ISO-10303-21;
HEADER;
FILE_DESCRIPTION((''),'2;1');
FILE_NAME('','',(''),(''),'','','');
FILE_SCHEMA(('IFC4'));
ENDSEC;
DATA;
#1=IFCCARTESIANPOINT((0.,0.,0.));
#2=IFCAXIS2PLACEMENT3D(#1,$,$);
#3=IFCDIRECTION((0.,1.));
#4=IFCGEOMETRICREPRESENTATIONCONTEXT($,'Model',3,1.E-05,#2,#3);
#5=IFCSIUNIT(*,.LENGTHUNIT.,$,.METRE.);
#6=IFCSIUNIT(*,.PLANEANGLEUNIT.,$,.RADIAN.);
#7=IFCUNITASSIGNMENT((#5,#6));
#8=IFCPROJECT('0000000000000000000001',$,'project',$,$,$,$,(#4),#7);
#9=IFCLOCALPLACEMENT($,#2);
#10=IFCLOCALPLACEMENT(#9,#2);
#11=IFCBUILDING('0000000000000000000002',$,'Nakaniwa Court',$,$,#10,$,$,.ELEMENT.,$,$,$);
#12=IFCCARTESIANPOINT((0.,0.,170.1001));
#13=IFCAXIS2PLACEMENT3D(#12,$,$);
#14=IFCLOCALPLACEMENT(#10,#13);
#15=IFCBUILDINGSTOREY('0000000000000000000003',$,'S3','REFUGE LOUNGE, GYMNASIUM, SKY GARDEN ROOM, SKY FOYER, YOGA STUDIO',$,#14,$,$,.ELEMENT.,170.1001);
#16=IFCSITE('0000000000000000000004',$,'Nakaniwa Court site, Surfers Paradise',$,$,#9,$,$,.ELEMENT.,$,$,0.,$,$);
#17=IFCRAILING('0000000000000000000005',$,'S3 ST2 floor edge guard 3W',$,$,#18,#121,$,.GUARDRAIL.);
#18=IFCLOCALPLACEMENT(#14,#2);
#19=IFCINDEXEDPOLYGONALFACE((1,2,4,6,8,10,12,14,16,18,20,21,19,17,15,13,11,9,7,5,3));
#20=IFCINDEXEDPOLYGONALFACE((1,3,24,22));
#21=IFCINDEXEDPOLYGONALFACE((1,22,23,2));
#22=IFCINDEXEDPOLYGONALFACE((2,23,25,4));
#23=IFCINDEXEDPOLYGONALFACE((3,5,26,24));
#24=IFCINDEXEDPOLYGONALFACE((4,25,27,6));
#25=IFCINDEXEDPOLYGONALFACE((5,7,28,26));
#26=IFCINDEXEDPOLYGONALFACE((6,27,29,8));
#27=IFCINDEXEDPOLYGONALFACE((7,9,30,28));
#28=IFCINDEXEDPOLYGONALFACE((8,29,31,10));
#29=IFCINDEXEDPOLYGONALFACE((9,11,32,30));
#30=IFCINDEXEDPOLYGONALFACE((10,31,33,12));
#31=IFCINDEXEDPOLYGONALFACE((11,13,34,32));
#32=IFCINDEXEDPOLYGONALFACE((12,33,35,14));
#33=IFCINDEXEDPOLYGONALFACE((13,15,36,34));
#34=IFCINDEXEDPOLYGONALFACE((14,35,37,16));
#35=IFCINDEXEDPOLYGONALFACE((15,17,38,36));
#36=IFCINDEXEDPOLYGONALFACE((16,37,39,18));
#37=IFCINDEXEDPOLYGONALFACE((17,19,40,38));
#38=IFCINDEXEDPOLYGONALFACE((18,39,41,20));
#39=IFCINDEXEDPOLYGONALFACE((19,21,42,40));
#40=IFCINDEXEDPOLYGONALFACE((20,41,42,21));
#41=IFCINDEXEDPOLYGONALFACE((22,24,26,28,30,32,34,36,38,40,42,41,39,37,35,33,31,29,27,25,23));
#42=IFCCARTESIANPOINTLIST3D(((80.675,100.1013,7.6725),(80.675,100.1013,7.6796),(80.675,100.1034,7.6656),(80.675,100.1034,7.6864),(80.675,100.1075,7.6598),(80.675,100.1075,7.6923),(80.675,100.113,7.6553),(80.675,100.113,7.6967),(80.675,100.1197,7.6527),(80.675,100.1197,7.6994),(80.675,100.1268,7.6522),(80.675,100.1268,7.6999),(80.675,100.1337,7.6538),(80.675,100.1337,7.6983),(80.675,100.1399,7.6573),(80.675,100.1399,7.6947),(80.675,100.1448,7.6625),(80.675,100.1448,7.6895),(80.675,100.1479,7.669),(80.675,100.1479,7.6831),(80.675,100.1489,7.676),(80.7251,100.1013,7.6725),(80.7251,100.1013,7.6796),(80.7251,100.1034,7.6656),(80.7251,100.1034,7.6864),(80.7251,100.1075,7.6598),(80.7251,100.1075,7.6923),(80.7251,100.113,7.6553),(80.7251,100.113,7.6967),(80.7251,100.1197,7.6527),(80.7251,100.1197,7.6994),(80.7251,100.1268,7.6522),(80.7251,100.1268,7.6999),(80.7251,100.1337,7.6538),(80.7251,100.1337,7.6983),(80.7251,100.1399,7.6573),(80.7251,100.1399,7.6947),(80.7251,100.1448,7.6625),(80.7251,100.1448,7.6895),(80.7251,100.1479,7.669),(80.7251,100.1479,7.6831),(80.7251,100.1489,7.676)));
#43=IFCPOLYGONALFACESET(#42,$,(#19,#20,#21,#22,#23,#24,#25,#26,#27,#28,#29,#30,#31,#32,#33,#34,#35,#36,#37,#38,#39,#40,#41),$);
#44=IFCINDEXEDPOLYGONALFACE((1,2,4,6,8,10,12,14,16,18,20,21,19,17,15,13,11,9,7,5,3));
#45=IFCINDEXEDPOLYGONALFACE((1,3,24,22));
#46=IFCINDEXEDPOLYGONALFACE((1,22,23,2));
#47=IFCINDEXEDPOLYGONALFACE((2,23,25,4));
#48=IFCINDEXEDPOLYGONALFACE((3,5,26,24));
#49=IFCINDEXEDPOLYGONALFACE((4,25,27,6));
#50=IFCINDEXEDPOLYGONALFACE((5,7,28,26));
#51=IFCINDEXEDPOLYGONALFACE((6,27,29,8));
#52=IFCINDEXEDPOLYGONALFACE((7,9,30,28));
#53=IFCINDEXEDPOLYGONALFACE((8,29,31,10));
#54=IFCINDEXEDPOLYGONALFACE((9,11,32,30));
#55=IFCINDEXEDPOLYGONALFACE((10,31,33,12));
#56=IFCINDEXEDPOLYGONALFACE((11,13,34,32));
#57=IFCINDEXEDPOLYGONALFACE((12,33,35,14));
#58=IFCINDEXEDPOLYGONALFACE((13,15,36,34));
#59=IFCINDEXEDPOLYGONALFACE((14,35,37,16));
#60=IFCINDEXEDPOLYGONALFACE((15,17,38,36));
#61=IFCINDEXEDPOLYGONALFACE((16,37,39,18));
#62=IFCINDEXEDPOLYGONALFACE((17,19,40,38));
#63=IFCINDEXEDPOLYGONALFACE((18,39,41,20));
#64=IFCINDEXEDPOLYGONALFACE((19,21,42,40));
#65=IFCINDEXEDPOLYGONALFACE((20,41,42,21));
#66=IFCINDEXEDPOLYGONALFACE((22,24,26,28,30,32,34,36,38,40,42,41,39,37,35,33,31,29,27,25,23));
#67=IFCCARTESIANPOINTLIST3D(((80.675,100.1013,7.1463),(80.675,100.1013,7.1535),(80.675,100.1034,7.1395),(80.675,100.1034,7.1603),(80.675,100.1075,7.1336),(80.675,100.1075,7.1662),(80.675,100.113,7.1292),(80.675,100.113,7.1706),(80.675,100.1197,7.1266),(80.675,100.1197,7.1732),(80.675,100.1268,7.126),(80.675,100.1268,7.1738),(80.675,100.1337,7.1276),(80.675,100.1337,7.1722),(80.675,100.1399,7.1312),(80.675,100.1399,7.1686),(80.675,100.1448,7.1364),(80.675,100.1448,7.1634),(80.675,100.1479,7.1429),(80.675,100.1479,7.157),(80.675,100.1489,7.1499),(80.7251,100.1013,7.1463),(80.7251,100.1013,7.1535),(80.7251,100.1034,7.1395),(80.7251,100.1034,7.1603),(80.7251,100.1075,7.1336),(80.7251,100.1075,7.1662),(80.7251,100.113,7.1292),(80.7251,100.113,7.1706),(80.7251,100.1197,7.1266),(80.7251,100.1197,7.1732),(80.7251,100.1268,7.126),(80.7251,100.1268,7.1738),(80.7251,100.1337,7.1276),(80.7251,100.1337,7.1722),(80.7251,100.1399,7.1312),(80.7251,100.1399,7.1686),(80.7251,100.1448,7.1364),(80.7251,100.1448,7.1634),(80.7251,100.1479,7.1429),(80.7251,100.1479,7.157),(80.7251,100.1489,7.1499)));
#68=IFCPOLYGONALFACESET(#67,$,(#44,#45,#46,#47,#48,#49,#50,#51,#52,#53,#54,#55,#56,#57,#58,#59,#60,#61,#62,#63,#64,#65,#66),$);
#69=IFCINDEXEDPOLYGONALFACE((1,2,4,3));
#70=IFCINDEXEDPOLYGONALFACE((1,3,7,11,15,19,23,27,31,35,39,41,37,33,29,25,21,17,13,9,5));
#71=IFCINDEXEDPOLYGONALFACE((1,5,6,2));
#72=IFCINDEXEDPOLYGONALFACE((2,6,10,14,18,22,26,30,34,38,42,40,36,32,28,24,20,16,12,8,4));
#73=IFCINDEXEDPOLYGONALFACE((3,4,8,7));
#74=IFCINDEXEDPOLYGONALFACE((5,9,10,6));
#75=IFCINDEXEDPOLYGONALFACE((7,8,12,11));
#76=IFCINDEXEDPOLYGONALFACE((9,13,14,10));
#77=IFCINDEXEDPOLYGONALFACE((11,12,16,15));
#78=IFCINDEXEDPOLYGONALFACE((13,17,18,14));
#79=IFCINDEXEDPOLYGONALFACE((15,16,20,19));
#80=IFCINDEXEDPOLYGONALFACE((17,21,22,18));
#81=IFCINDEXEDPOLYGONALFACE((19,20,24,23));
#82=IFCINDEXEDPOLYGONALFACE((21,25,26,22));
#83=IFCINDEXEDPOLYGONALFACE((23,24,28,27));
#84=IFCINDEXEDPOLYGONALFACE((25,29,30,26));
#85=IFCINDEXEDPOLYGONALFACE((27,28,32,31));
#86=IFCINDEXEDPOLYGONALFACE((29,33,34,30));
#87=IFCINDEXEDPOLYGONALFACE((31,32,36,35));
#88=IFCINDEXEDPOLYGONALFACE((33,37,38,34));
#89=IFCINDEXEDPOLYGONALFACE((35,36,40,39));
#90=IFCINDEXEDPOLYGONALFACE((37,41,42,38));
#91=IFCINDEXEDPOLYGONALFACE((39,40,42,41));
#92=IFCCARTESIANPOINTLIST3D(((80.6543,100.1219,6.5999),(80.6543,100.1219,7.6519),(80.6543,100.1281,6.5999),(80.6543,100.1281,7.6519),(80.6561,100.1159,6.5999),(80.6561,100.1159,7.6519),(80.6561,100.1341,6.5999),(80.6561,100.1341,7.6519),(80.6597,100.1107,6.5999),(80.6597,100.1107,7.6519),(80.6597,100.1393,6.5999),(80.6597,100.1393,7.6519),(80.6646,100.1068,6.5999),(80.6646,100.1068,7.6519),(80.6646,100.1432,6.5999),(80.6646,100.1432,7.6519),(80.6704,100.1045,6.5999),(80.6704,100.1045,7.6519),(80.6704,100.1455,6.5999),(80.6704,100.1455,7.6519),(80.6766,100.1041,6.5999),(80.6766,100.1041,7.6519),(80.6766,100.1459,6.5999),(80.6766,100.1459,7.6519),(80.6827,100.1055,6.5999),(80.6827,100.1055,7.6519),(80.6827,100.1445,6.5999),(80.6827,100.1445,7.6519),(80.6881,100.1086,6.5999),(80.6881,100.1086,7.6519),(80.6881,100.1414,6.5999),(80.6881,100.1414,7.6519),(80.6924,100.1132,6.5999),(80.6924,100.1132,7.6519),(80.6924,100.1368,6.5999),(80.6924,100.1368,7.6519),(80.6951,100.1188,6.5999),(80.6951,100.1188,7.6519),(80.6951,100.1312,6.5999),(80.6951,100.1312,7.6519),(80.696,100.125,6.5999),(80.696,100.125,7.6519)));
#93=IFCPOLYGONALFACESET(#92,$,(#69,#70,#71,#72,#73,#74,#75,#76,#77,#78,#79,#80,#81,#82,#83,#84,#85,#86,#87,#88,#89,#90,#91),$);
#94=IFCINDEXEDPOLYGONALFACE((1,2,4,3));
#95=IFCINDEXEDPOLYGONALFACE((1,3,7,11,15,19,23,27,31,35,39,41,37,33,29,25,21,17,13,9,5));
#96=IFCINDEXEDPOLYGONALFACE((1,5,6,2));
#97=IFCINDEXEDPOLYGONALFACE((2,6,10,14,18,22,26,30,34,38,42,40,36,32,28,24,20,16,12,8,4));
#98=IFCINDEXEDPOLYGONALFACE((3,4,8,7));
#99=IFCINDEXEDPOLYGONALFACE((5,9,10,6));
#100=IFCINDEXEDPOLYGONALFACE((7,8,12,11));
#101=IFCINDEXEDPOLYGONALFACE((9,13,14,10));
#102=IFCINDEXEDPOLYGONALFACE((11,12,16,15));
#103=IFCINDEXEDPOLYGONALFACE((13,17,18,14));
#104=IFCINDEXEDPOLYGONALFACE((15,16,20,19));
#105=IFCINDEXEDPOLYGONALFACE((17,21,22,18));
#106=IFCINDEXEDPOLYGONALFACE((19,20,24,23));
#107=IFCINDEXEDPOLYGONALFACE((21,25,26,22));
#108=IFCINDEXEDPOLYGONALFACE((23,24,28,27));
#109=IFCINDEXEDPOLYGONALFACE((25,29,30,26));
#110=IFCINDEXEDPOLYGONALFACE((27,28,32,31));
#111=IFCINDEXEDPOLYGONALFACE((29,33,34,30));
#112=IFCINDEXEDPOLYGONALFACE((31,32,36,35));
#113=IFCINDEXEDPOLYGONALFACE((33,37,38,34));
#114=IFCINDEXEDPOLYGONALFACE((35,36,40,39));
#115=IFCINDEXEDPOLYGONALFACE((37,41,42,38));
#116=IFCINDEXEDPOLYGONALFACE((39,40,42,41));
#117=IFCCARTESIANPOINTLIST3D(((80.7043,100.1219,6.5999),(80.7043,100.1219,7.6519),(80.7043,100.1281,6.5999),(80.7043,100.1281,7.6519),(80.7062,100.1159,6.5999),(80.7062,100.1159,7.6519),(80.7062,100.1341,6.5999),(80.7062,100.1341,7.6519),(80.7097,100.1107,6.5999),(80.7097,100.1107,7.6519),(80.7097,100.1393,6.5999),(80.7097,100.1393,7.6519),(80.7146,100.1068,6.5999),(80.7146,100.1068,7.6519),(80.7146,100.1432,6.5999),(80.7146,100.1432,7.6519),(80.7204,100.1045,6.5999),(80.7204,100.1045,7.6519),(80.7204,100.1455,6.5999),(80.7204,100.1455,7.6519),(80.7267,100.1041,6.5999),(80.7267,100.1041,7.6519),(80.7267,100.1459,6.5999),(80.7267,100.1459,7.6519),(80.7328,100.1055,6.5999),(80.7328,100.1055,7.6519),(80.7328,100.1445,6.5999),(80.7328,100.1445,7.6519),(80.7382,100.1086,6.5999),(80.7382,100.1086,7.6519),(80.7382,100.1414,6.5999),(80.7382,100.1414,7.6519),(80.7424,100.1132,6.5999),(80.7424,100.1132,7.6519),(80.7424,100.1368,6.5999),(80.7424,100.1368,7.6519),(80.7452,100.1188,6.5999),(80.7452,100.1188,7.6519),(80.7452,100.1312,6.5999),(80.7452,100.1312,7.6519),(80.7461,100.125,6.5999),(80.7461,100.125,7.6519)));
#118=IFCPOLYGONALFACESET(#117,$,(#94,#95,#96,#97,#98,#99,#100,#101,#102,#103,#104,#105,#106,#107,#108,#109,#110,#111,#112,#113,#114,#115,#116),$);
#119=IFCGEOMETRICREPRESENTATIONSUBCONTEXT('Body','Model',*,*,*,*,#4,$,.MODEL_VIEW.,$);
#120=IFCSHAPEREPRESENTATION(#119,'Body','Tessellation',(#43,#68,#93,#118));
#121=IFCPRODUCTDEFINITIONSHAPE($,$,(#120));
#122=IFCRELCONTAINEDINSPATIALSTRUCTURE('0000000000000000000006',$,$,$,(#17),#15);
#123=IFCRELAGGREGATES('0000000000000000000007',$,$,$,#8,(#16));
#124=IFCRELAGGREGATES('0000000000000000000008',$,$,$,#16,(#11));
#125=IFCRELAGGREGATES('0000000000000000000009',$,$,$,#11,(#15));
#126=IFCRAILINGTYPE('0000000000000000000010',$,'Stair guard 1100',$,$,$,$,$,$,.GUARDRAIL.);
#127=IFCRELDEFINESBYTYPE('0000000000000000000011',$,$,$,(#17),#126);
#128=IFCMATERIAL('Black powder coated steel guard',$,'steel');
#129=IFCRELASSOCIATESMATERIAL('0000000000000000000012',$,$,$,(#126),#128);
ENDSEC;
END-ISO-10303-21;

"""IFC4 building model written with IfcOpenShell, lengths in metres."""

from ifc_helpers import new_model, si_unit, direction, frame, origin, origin_2d, place, context, subcontext, project, spatial, circle, extrude, material, type_object, element, save


model = new_model("IFC4")

# Units and contexts
model_context = context("Model", 3, precision=1e-05, world=origin(), true_north=direction((0.0, 1.0)))
body_context = subcontext(model_context, "Body", "Model", "MODEL_VIEW")
ifc_project = project(units=[si_unit("LENGTHUNIT", "METRE"), si_unit("PLANEANGLEUNIT", "RADIAN")], contexts=[model_context])

# Site, building, storey
site_placement = place(None, origin())
site = spatial("IfcSite", under=ifc_project, at=site_placement, Name="Nakaniwa Court site, Surfers Paradise", CompositionType="ELEMENT", RefElevation=0.0)
building_placement = place(site_placement, origin())
building = spatial("IfcBuilding", under=site, at=building_placement, Name="Nakaniwa Court", CompositionType="ELEMENT")
storey_placement = place(building_placement, frame((0.0, 0.0, 170.1001)))
storey = spatial("IfcBuildingStorey", under=building, at=storey_placement, Name="S3", Description="REFUGE LOUNGE, GYMNASIUM, SKY GARDEN ROOM, SKY FOYER, YOGA STUDIO", CompositionType="ELEMENT", Elevation=170.1001)

# Railing
ifc_material_1 = material(Name="Black powder coated steel guard", Category="steel")
railing_type_1 = type_object("IfcRailingType", Name="Stair guard 1100", PredefinedType="GUARDRAIL", material=ifc_material_1)
for number, where, name in (
    (1, (80.675, 100.125, 6.5999), "S3 ST2 floor edge guard 3W"),
):
    element("IfcRailing", number, at=place(storey_placement, frame(where)), inside=storey, type_object=railing_type_1, Name=name, PredefinedType="GUARDRAIL", context=body_context, shape_type="SweptSolid", body=[
        extrude(circle(Radius=0.0239, at=origin_2d()), frame((0.0, 0.0, 1.0762), z_axis=(1.0, 0.0, 0.0), x_axis=(0.0, 1.0, 0.0)), (0.0, 0.0, 1.0), 0.05),
        extrude(circle(Radius=0.0239, at=origin_2d()), frame((0.0, 0.0, 0.55), z_axis=(1.0, 0.0, 0.0), x_axis=(0.0, 1.0, 0.0)), (0.0, 0.0, 1.0), 0.05),
        extrude(circle(Radius=0.021, at=origin_2d()), origin(), (0.0, 0.0, 1.0), 1.052),
        extrude(circle(Radius=0.021, at=origin_2d()), frame((0.05, 0.0, 0.0)), (0.0, 0.0, 1.0), 1.052),
    ])

save(model, "model.ifc")
